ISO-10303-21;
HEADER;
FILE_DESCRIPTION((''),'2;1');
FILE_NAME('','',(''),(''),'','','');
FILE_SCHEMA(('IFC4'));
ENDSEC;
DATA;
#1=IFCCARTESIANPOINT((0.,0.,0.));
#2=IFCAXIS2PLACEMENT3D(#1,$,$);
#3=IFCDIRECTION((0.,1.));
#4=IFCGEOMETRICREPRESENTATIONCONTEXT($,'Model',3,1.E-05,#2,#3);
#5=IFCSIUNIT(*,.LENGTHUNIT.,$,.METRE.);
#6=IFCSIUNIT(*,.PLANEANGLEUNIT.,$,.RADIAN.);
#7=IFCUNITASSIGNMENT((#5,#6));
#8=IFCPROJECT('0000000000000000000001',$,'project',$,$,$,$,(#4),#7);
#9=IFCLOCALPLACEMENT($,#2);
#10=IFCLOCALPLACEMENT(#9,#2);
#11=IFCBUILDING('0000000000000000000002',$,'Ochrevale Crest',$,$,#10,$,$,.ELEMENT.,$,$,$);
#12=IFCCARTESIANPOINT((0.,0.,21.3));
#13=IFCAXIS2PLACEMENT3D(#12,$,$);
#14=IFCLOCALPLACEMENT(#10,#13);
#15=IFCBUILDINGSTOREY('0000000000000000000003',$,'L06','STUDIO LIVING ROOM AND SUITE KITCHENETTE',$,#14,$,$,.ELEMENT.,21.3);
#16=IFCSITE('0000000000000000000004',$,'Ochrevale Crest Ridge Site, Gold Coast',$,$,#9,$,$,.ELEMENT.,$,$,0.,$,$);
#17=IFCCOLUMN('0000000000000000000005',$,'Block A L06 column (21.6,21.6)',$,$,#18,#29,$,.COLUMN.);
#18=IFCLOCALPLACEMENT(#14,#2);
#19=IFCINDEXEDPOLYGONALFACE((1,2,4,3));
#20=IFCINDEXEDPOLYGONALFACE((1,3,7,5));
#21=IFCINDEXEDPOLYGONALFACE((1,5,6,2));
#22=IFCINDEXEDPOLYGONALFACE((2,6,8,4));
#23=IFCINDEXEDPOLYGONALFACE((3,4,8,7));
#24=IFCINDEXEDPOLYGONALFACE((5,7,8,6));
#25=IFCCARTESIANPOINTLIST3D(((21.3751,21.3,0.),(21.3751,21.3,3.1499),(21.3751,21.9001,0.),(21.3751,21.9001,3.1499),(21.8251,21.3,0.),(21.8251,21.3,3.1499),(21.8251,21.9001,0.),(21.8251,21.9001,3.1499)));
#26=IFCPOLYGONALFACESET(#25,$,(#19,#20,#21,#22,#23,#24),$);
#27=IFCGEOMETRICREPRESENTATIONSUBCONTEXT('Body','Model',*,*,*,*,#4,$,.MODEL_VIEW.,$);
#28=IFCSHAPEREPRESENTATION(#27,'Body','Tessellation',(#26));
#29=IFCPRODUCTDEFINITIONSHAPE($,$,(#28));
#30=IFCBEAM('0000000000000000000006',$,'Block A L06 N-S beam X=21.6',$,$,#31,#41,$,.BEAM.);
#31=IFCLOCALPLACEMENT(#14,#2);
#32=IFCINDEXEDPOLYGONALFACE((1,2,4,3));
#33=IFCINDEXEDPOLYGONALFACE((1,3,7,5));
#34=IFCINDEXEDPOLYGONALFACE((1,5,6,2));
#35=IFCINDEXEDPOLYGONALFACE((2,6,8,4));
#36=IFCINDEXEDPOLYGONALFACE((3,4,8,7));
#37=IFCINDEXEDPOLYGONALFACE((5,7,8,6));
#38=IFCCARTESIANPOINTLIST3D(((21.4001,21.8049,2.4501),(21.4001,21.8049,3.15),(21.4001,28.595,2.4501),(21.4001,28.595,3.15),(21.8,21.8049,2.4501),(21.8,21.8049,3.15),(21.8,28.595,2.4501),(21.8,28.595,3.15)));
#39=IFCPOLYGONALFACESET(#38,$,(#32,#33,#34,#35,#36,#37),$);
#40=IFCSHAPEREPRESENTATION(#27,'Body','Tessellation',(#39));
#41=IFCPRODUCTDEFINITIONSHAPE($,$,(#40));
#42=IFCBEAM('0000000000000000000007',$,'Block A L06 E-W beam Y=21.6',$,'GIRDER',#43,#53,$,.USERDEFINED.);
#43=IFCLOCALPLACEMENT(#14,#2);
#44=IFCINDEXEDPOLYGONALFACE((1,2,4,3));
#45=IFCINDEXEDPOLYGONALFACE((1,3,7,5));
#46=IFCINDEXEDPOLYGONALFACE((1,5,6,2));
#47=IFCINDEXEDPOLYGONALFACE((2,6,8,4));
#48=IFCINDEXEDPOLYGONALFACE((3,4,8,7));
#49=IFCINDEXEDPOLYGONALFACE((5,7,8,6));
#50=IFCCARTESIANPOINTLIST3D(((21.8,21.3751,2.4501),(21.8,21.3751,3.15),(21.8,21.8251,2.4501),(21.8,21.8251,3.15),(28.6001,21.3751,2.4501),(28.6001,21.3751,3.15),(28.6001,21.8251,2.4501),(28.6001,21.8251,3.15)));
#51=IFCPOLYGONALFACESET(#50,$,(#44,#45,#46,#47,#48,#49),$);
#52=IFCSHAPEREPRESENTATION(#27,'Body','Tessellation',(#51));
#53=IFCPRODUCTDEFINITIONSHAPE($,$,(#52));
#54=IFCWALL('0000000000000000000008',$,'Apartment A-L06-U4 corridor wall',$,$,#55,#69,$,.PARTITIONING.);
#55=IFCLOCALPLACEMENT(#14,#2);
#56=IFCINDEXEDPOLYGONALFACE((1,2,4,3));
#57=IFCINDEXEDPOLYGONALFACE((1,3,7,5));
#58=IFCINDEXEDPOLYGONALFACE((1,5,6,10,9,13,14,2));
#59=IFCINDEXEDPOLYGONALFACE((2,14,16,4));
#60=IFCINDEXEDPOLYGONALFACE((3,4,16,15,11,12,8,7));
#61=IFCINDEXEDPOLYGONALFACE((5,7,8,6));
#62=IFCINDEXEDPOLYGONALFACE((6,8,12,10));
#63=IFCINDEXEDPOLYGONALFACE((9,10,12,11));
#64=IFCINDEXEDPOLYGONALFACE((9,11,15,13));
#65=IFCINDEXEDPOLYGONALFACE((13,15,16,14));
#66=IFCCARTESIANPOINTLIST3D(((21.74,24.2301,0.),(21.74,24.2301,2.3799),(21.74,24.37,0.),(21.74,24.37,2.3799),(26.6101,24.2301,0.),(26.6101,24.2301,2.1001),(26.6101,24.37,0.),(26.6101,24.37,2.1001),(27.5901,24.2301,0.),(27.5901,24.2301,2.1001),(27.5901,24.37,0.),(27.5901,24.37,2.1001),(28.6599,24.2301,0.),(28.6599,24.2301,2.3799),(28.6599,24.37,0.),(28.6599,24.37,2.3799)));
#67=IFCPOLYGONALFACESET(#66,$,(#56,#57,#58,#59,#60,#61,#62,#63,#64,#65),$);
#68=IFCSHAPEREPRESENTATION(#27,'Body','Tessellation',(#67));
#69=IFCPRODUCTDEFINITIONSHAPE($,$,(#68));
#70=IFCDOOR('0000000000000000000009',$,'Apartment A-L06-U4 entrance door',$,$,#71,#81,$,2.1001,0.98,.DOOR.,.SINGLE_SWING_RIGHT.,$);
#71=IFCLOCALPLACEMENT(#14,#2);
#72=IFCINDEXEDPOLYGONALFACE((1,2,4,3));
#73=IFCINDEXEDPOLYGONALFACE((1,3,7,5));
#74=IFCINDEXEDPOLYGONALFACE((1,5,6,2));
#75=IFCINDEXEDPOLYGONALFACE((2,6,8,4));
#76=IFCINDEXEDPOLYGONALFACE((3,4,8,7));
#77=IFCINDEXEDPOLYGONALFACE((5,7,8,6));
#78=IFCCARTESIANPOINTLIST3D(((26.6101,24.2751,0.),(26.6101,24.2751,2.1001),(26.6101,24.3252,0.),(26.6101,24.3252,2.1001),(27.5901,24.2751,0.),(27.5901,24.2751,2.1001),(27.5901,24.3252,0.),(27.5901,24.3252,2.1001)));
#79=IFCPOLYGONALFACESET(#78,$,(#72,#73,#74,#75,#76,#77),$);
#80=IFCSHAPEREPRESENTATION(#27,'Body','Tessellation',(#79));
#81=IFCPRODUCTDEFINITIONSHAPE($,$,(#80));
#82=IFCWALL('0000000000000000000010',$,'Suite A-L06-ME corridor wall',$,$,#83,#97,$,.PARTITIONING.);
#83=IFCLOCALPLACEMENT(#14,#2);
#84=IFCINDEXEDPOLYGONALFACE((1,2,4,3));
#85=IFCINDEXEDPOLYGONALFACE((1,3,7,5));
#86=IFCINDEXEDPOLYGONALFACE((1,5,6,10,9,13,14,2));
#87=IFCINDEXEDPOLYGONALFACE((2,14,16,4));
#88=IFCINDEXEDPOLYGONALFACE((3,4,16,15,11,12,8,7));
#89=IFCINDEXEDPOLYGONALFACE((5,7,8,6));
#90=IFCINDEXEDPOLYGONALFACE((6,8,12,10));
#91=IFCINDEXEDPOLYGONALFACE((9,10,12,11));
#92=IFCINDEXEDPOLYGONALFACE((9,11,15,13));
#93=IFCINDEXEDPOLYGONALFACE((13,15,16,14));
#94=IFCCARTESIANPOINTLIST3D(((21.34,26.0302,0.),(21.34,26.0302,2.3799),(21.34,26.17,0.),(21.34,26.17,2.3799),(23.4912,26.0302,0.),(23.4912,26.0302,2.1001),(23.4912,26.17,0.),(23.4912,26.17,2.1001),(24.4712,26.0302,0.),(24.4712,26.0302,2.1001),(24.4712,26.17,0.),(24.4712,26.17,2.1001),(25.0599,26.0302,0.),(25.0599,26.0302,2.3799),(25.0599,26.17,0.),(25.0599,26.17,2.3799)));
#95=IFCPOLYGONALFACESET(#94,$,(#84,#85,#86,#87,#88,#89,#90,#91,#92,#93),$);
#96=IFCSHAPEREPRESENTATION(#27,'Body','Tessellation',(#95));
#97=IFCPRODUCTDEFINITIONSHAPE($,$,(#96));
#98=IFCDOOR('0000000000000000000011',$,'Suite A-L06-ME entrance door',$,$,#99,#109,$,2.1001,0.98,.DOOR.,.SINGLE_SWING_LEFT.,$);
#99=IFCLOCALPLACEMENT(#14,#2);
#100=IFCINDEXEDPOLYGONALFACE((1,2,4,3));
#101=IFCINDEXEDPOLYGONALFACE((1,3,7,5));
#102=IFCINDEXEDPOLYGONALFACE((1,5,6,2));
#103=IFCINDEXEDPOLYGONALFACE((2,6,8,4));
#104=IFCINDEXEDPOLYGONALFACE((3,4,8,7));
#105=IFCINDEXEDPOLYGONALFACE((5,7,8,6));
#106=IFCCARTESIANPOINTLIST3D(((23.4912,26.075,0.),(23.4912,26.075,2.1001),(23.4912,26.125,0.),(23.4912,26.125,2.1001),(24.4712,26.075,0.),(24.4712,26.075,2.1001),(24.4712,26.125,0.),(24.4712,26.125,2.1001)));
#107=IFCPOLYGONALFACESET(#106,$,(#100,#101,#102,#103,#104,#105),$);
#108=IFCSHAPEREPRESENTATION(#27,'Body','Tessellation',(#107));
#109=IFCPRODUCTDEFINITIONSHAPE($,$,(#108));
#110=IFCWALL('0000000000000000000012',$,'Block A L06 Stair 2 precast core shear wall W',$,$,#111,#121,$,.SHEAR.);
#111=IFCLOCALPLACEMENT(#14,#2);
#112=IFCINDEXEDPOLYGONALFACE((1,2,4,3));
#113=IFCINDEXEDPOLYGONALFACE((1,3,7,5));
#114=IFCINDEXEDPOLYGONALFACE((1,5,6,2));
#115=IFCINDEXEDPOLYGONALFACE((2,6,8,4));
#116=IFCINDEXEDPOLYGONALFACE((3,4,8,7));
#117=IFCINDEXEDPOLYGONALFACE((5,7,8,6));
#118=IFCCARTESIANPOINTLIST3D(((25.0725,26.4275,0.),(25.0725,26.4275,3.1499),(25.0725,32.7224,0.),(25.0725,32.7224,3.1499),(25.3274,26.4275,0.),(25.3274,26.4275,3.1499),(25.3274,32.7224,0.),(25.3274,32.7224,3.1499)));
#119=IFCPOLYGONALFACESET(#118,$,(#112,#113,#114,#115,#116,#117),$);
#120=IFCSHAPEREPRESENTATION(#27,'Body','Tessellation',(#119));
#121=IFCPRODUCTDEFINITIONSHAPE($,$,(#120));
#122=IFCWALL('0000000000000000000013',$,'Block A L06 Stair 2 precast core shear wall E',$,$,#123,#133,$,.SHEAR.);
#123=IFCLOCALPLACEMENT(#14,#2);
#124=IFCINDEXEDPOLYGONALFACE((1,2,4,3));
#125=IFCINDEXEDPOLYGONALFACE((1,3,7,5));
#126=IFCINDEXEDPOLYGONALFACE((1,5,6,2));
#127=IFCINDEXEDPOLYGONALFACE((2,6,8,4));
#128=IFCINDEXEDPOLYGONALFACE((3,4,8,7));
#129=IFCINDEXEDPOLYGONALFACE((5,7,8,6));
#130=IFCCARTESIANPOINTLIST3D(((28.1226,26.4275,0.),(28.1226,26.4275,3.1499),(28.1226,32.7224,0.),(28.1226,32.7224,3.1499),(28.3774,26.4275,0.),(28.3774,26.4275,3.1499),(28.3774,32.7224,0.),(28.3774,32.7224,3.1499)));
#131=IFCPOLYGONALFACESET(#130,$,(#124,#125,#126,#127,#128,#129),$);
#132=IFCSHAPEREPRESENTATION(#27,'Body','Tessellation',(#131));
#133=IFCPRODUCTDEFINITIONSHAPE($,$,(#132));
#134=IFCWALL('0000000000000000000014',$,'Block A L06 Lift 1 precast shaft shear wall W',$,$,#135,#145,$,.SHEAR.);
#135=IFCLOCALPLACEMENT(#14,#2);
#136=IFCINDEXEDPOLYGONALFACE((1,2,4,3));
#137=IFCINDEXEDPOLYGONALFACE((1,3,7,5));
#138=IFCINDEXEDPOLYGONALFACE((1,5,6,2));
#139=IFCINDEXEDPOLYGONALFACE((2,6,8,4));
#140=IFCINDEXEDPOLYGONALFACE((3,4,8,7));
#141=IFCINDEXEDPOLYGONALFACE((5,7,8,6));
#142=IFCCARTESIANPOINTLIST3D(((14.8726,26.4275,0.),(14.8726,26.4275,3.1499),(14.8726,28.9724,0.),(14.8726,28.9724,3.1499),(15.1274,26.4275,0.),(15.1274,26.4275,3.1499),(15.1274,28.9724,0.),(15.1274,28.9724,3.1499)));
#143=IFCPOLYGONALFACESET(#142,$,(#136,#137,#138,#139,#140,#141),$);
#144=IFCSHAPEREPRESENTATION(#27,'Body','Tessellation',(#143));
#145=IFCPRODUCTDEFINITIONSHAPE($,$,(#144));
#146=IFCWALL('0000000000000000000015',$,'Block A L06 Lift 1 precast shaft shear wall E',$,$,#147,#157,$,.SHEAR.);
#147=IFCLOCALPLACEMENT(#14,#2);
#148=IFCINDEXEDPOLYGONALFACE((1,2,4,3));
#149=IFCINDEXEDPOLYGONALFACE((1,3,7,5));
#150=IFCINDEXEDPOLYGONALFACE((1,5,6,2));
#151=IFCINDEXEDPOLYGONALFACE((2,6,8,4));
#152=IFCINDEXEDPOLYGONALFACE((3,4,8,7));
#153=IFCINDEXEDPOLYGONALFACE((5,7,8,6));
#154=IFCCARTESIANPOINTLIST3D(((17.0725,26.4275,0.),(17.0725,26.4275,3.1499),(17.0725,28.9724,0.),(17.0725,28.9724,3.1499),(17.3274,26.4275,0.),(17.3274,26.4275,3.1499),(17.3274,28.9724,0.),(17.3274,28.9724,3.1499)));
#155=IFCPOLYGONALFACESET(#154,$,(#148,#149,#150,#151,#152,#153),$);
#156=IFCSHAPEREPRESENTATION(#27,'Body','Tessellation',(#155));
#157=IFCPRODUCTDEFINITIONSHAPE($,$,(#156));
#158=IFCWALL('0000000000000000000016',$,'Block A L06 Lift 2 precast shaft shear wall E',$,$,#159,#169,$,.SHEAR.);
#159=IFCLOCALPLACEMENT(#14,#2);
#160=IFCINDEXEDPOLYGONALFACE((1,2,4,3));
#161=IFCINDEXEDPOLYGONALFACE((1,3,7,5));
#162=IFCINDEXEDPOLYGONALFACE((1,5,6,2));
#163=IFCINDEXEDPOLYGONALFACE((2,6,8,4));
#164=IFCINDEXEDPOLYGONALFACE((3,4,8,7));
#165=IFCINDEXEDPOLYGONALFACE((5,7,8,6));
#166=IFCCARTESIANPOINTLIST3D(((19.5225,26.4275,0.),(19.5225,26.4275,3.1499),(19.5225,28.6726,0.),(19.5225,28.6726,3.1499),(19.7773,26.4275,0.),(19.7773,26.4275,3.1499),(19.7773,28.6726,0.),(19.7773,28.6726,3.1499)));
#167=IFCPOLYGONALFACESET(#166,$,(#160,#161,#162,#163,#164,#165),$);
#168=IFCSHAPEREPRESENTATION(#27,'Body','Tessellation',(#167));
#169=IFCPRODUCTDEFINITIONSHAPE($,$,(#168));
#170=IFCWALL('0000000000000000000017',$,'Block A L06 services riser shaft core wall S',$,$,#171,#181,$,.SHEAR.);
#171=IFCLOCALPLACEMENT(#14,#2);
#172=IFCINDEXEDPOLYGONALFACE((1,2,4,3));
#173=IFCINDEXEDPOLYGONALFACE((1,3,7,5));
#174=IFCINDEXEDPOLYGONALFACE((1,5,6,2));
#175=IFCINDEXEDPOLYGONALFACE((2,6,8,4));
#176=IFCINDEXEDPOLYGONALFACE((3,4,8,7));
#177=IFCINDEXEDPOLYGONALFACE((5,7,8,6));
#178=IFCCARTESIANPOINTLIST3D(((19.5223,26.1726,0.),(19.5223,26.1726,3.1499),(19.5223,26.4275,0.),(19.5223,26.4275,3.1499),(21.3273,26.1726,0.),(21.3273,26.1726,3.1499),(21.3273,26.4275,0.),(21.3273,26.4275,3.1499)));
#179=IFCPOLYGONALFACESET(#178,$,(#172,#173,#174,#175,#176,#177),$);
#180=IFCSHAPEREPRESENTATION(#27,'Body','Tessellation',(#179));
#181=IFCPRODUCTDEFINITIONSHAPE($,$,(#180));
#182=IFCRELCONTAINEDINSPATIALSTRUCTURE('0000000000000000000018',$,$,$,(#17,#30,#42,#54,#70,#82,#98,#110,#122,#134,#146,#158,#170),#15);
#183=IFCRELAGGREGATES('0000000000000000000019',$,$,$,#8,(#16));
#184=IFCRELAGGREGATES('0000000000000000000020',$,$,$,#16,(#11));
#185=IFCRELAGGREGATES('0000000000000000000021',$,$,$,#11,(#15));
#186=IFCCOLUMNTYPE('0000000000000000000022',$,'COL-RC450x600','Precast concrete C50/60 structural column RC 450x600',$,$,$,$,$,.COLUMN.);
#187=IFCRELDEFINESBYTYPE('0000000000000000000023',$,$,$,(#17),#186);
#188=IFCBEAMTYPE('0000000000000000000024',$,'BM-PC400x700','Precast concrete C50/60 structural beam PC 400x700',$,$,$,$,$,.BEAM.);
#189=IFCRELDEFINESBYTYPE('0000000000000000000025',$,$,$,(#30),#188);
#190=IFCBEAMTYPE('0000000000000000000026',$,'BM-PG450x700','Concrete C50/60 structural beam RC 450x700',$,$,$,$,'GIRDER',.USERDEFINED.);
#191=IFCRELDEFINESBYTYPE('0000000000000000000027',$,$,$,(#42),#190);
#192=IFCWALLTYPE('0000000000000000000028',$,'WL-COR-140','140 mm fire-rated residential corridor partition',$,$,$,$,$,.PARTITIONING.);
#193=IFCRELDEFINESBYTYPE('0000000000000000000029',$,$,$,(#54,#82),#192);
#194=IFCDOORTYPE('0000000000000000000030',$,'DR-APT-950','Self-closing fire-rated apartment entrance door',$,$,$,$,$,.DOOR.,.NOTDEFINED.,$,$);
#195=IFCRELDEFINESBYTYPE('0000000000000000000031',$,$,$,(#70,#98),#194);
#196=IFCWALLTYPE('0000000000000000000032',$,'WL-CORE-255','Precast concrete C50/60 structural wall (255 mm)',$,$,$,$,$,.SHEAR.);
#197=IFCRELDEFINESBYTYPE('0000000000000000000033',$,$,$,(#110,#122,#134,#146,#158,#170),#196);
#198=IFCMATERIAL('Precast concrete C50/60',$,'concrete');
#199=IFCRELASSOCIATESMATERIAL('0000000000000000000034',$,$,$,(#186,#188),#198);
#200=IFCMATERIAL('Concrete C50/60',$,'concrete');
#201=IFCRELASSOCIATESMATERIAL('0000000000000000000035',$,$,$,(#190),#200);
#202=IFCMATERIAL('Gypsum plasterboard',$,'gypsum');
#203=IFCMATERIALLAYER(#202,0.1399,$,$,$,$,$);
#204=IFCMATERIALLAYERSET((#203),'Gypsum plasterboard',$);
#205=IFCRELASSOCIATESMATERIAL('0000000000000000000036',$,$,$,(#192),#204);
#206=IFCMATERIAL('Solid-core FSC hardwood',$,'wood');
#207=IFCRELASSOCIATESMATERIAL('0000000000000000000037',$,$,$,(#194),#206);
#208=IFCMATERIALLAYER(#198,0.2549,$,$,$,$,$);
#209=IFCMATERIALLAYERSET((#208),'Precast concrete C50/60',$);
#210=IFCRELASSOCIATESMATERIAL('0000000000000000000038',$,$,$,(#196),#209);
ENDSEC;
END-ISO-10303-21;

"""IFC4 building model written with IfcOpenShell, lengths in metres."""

from ifc_helpers import new_model, si_unit, direction, frame, frame_2d, origin, origin_2d, place, context, subcontext, project, spatial, rectangle, extrude, material, layer, layer_set, material_profile, profile_set, type_object, element, fill, save


model = new_model("IFC4")

# Units and contexts
model_context = context("Model", 3, precision=1e-05, world=origin(), true_north=direction((0.0, 1.0)))
body_context = subcontext(model_context, "Body", "Model", "MODEL_VIEW")
ifc_project = project(units=[si_unit("LENGTHUNIT", "METRE"), si_unit("PLANEANGLEUNIT", "RADIAN")], contexts=[model_context])

# Site, building, storey
site_placement = place(None, origin())
site = spatial("IfcSite", under=ifc_project, at=site_placement, Name="Ochrevale Crest Ridge Site, Gold Coast", CompositionType="ELEMENT", RefElevation=0.0)
building_placement = place(site_placement, origin())
building = spatial("IfcBuilding", under=site, at=building_placement, Name="Ochrevale Crest", CompositionType="ELEMENT")
storey_placement = place(building_placement, frame((0.0, 0.0, 21.3)))
storey = spatial("IfcBuildingStorey", under=building, at=storey_placement, Name="L06", Description="STUDIO LIVING ROOM AND SUITE KITCHENETTE", CompositionType="ELEMENT", Elevation=21.3)

# Column
ifc_material_1 = material(Name="Precast concrete C50/60", Category="concrete")
ifc_material_profile_1 = material_profile(ifc_material_1, rectangle(XDim=0.45, YDim=0.6001, at=origin_2d()), Name="RC 450x600")
ifc_profile_set_1 = profile_set([ifc_material_profile_1], Name="Precast concrete C50/60")
column_type = type_object("IfcColumnType", Name="COL-RC450x600", Description="Precast concrete C50/60 structural column RC 450x600", PredefinedType="COLUMN", material=ifc_profile_set_1)
column_placement = place(storey_placement, frame((21.6001, 21.6001, 0.0), z_axis=(0.0, 0.0, 1.0), x_axis=(1.0, 0.0, 0.0)))
element("IfcColumn", 1, at=column_placement, inside=storey, type_object=column_type, Name="Block A L06 column (21.6,21.6)", PredefinedType="COLUMN", context=body_context, shape_type="SweptSolid", body=[
    extrude(rectangle(XDim=0.45, YDim=0.6001, at=origin_2d()), origin(), (0.0, 0.0, 1.0), 3.1499),
])

# Beams
ifc_material_profile_2 = material_profile(ifc_material_1, rectangle(XDim=0.3999, YDim=0.7, at=origin_2d()), Name="PC 400x700")
ifc_profile_set_2 = profile_set([ifc_material_profile_2], Name="Precast concrete C50/60")
beam_type_1 = type_object("IfcBeamType", Name="BM-PC400x700", Description="Precast concrete C50/60 structural beam PC 400x700", PredefinedType="BEAM", material=ifc_profile_set_2)
beam_1_placement = place(storey_placement, frame((21.6001, 21.8049, 2.8), z_axis=(0.0, 1.0, 0.0), x_axis=(-1.0, 0.0, 0.0)))
element("IfcBeam", 2, at=beam_1_placement, inside=storey, type_object=beam_type_1, Name="Block A L06 N-S beam X=21.6", PredefinedType="BEAM", context=body_context, shape_type="SweptSolid", body=[
    extrude(rectangle(XDim=0.3999, YDim=0.7, at=origin_2d()), origin(), (0.0, 0.0, 1.0), 6.79),
])
ifc_material_2 = material(Name="Concrete C50/60", Category="concrete")
ifc_material_profile_3 = material_profile(ifc_material_2, rectangle(XDim=0.45, YDim=0.7, at=origin_2d()), Name="RC 450x700")
ifc_profile_set_3 = profile_set([ifc_material_profile_3], Name="Concrete C50/60")
beam_type_2 = type_object("IfcBeamType", Name="BM-PG450x700", Description="Concrete C50/60 structural beam RC 450x700", ElementType="GIRDER", PredefinedType="USERDEFINED", material=ifc_profile_set_3)
beam_2_placement = place(storey_placement, frame((21.8, 21.6001, 2.8), z_axis=(1.0, 0.0, 0.0), x_axis=(0.0, 1.0, 0.0)))
element("IfcBeam", 3, at=beam_2_placement, inside=storey, type_object=beam_type_2, Name="Block A L06 E-W beam Y=21.6", ObjectType="GIRDER", PredefinedType="USERDEFINED", context=body_context, shape_type="SweptSolid", body=[
    extrude(rectangle(XDim=0.45, YDim=0.7, at=origin_2d()), origin(), (0.0, 0.0, 1.0), 6.8),
])

# Walls, openings, doors
ifc_material_3 = material(Name="Gypsum plasterboard", Category="gypsum")
ifc_layer_1 = layer(ifc_material_3, 0.1399)
ifc_layer_set_1 = layer_set([ifc_layer_1], Name="Gypsum plasterboard")
wall_type_1 = type_object("IfcWallType", Name="WL-COR-140", Description="140 mm fire-rated residential corridor partition", PredefinedType="PARTITIONING", material=ifc_layer_set_1)
wall_1_placement = place(storey_placement, frame((21.74, 24.3, 0.0), z_axis=(0.0, 0.0, 1.0), x_axis=(1.0, 0.0, 0.0)))
wall_1 = element("IfcWall", 4, at=wall_1_placement, inside=storey, type_object=wall_type_1, Name="Apartment A-L06-U4 corridor wall", PredefinedType="PARTITIONING", context=body_context, shape_type="SweptSolid", body=[
    extrude(rectangle(XDim=6.9199, YDim=0.1399, at=frame_2d((3.46, 0.0))), origin(), (0.0, 0.0, 1.0), 2.3799),
])
opening_1_placement = place(wall_1_placement, frame((5.8501, 0.0, 0.0), z_axis=(0.0, 0.0, 1.0), x_axis=(-1.0, 0.0, 0.0)))
opening_1 = element("IfcOpeningElement", 5, at=opening_1_placement, cuts=wall_1, PredefinedType="OPENING", context=body_context, shape_type="SweptSolid", body=[
    extrude(rectangle(XDim=0.98, YDim=2.1001, at=frame_2d((0.49, 1.05))), frame((0.0, 0.0801, 0.0), z_axis=(0.0, -1.0, 0.0), x_axis=(1.0, 0.0, 0.0)), (0.0, 0.0, 1.0), 0.1599),
])
ifc_material_4 = material(Name="Solid-core FSC hardwood", Category="wood")
door_type_1 = type_object("IfcDoorType", Name="DR-APT-950", Description="Self-closing fire-rated apartment entrance door", OperationType="NOTDEFINED", PredefinedType="DOOR", material=ifc_material_4)
door_1_placement = place(opening_1_placement, origin())
door_1 = element("IfcDoor", 6, at=door_1_placement, inside=storey, type_object=door_type_1, Name="Apartment A-L06-U4 entrance door", OperationType="SINGLE_SWING_RIGHT", OverallHeight=2.1001, OverallWidth=0.98, PredefinedType="DOOR", context=body_context, shape_type="SweptSolid", body=[
    extrude(rectangle(XDim=0.98, YDim=2.1001, at=frame_2d((0.49, 1.05))), frame((0.0, 0.0249, 0.0), z_axis=(0.0, -1.0, 0.0), x_axis=(1.0, 0.0, 0.0)), (0.0, 0.0, 1.0), 0.05),
])
fill(opening_1, door_1)
wall_2_placement = place(storey_placement, frame((21.3401, 26.1001, 0.0), z_axis=(0.0, 0.0, 1.0), x_axis=(1.0, 0.0, 0.0)))
wall_2 = element("IfcWall", 7, at=wall_2_placement, inside=storey, type_object=wall_type_1, Name="Suite A-L06-ME corridor wall", PredefinedType="PARTITIONING", context=body_context, shape_type="SweptSolid", body=[
    extrude(rectangle(XDim=3.72, YDim=0.1399, at=frame_2d((1.8599, 0.0))), origin(), (0.0, 0.0, 1.0), 2.3799),
])
opening_2_placement = place(wall_2_placement, frame((2.1511, 0.0, 0.0)))
opening_2 = element("IfcOpeningElement", 8, at=opening_2_placement, cuts=wall_2, PredefinedType="OPENING", context=body_context, shape_type="SweptSolid", body=[
    extrude(rectangle(XDim=0.98, YDim=2.1001, at=frame_2d((0.49, 1.05))), frame((0.0, 0.0801, 0.0), z_axis=(0.0, -1.0, 0.0), x_axis=(1.0, 0.0, 0.0)), (0.0, 0.0, 1.0), 0.1599),
])
door_2_placement = place(opening_2_placement, origin())
door_2 = element("IfcDoor", 9, at=door_2_placement, inside=storey, type_object=door_type_1, Name="Suite A-L06-ME entrance door", OperationType="SINGLE_SWING_LEFT", OverallHeight=2.1001, OverallWidth=0.98, PredefinedType="DOOR", context=body_context, shape_type="SweptSolid", body=[
    extrude(rectangle(XDim=0.98, YDim=2.1001, at=frame_2d((0.49, 1.05))), frame((0.0, 0.0249, 0.0), z_axis=(0.0, -1.0, 0.0), x_axis=(1.0, 0.0, 0.0)), (0.0, 0.0, 1.0), 0.05),
])
fill(opening_2, door_2)
ifc_layer_2 = layer(ifc_material_1, 0.2549)
ifc_layer_set_2 = layer_set([ifc_layer_2], Name="Precast concrete C50/60")
wall_type_2 = type_object("IfcWallType", Name="WL-CORE-255", Description="Precast concrete C50/60 structural wall (255 mm)", PredefinedType="SHEAR", material=ifc_layer_set_2)

# Walls
for number, where, z_axis, x_axis, name in (
    (10, (25.2, 26.4275, 0.0), (0.0, 0.0, 1.0), (0.0, 1.0, 0.0), "Block A L06 Stair 2 precast core shear wall W"),
    (11, (28.25, 26.4275, 0.0), (0.0, 0.0, 1.0), (0.0, 1.0, 0.0), "Block A L06 Stair 2 precast core shear wall E"),
):
    element("IfcWall", number, at=place(storey_placement, frame(where, z_axis=z_axis, x_axis=x_axis)), inside=storey, type_object=wall_type_2, Name=name, PredefinedType="SHEAR", context=body_context, shape_type="SweptSolid", body=[
        extrude(rectangle(XDim=6.2949, YDim=0.2549, at=frame_2d((3.1475, 0.0))), origin(), (0.0, 0.0, 1.0), 3.1499),
    ])

# Walls
for number, where, z_axis, x_axis, name in (
    (12, (15.0, 26.4275, 0.0), (0.0, 0.0, 1.0), (0.0, 1.0, 0.0), "Block A L06 Lift 1 precast shaft shear wall W"),
    (13, (17.2, 26.4275, 0.0), (0.0, 0.0, 1.0), (0.0, 1.0, 0.0), "Block A L06 Lift 1 precast shaft shear wall E"),
):
    element("IfcWall", number, at=place(storey_placement, frame(where, z_axis=z_axis, x_axis=x_axis)), inside=storey, type_object=wall_type_2, Name=name, PredefinedType="SHEAR", context=body_context, shape_type="SweptSolid", body=[
        extrude(rectangle(XDim=2.5449, YDim=0.2549, at=frame_2d((1.2725, 0.0))), origin(), (0.0, 0.0, 1.0), 3.1499),
    ])

# Walls
wall_3_placement = place(storey_placement, frame((19.6499, 26.4275, 0.0), z_axis=(0.0, 0.0, 1.0), x_axis=(0.0, 1.0, 0.0)))
element("IfcWall", 14, at=wall_3_placement, inside=storey, type_object=wall_type_2, Name="Block A L06 Lift 2 precast shaft shear wall E", PredefinedType="SHEAR", context=body_context, shape_type="SweptSolid", body=[
    extrude(rectangle(XDim=2.2451, YDim=0.2549, at=frame_2d((1.1226, 0.0))), origin(), (0.0, 0.0, 1.0), 3.1499),
])
wall_4_placement = place(storey_placement, frame((19.5225, 26.3, 0.0), z_axis=(0.0, 0.0, 1.0), x_axis=(1.0, 0.0, 0.0)))
element("IfcWall", 15, at=wall_4_placement, inside=storey, type_object=wall_type_2, Name="Block A L06 services riser shaft core wall S", PredefinedType="SHEAR", context=body_context, shape_type="SweptSolid", body=[
    extrude(rectangle(XDim=1.8049, YDim=0.2549, at=frame_2d((0.9023, 0.0))), origin(), (0.0, 0.0, 1.0), 3.1499),
])

save(model, "model.ifc")
